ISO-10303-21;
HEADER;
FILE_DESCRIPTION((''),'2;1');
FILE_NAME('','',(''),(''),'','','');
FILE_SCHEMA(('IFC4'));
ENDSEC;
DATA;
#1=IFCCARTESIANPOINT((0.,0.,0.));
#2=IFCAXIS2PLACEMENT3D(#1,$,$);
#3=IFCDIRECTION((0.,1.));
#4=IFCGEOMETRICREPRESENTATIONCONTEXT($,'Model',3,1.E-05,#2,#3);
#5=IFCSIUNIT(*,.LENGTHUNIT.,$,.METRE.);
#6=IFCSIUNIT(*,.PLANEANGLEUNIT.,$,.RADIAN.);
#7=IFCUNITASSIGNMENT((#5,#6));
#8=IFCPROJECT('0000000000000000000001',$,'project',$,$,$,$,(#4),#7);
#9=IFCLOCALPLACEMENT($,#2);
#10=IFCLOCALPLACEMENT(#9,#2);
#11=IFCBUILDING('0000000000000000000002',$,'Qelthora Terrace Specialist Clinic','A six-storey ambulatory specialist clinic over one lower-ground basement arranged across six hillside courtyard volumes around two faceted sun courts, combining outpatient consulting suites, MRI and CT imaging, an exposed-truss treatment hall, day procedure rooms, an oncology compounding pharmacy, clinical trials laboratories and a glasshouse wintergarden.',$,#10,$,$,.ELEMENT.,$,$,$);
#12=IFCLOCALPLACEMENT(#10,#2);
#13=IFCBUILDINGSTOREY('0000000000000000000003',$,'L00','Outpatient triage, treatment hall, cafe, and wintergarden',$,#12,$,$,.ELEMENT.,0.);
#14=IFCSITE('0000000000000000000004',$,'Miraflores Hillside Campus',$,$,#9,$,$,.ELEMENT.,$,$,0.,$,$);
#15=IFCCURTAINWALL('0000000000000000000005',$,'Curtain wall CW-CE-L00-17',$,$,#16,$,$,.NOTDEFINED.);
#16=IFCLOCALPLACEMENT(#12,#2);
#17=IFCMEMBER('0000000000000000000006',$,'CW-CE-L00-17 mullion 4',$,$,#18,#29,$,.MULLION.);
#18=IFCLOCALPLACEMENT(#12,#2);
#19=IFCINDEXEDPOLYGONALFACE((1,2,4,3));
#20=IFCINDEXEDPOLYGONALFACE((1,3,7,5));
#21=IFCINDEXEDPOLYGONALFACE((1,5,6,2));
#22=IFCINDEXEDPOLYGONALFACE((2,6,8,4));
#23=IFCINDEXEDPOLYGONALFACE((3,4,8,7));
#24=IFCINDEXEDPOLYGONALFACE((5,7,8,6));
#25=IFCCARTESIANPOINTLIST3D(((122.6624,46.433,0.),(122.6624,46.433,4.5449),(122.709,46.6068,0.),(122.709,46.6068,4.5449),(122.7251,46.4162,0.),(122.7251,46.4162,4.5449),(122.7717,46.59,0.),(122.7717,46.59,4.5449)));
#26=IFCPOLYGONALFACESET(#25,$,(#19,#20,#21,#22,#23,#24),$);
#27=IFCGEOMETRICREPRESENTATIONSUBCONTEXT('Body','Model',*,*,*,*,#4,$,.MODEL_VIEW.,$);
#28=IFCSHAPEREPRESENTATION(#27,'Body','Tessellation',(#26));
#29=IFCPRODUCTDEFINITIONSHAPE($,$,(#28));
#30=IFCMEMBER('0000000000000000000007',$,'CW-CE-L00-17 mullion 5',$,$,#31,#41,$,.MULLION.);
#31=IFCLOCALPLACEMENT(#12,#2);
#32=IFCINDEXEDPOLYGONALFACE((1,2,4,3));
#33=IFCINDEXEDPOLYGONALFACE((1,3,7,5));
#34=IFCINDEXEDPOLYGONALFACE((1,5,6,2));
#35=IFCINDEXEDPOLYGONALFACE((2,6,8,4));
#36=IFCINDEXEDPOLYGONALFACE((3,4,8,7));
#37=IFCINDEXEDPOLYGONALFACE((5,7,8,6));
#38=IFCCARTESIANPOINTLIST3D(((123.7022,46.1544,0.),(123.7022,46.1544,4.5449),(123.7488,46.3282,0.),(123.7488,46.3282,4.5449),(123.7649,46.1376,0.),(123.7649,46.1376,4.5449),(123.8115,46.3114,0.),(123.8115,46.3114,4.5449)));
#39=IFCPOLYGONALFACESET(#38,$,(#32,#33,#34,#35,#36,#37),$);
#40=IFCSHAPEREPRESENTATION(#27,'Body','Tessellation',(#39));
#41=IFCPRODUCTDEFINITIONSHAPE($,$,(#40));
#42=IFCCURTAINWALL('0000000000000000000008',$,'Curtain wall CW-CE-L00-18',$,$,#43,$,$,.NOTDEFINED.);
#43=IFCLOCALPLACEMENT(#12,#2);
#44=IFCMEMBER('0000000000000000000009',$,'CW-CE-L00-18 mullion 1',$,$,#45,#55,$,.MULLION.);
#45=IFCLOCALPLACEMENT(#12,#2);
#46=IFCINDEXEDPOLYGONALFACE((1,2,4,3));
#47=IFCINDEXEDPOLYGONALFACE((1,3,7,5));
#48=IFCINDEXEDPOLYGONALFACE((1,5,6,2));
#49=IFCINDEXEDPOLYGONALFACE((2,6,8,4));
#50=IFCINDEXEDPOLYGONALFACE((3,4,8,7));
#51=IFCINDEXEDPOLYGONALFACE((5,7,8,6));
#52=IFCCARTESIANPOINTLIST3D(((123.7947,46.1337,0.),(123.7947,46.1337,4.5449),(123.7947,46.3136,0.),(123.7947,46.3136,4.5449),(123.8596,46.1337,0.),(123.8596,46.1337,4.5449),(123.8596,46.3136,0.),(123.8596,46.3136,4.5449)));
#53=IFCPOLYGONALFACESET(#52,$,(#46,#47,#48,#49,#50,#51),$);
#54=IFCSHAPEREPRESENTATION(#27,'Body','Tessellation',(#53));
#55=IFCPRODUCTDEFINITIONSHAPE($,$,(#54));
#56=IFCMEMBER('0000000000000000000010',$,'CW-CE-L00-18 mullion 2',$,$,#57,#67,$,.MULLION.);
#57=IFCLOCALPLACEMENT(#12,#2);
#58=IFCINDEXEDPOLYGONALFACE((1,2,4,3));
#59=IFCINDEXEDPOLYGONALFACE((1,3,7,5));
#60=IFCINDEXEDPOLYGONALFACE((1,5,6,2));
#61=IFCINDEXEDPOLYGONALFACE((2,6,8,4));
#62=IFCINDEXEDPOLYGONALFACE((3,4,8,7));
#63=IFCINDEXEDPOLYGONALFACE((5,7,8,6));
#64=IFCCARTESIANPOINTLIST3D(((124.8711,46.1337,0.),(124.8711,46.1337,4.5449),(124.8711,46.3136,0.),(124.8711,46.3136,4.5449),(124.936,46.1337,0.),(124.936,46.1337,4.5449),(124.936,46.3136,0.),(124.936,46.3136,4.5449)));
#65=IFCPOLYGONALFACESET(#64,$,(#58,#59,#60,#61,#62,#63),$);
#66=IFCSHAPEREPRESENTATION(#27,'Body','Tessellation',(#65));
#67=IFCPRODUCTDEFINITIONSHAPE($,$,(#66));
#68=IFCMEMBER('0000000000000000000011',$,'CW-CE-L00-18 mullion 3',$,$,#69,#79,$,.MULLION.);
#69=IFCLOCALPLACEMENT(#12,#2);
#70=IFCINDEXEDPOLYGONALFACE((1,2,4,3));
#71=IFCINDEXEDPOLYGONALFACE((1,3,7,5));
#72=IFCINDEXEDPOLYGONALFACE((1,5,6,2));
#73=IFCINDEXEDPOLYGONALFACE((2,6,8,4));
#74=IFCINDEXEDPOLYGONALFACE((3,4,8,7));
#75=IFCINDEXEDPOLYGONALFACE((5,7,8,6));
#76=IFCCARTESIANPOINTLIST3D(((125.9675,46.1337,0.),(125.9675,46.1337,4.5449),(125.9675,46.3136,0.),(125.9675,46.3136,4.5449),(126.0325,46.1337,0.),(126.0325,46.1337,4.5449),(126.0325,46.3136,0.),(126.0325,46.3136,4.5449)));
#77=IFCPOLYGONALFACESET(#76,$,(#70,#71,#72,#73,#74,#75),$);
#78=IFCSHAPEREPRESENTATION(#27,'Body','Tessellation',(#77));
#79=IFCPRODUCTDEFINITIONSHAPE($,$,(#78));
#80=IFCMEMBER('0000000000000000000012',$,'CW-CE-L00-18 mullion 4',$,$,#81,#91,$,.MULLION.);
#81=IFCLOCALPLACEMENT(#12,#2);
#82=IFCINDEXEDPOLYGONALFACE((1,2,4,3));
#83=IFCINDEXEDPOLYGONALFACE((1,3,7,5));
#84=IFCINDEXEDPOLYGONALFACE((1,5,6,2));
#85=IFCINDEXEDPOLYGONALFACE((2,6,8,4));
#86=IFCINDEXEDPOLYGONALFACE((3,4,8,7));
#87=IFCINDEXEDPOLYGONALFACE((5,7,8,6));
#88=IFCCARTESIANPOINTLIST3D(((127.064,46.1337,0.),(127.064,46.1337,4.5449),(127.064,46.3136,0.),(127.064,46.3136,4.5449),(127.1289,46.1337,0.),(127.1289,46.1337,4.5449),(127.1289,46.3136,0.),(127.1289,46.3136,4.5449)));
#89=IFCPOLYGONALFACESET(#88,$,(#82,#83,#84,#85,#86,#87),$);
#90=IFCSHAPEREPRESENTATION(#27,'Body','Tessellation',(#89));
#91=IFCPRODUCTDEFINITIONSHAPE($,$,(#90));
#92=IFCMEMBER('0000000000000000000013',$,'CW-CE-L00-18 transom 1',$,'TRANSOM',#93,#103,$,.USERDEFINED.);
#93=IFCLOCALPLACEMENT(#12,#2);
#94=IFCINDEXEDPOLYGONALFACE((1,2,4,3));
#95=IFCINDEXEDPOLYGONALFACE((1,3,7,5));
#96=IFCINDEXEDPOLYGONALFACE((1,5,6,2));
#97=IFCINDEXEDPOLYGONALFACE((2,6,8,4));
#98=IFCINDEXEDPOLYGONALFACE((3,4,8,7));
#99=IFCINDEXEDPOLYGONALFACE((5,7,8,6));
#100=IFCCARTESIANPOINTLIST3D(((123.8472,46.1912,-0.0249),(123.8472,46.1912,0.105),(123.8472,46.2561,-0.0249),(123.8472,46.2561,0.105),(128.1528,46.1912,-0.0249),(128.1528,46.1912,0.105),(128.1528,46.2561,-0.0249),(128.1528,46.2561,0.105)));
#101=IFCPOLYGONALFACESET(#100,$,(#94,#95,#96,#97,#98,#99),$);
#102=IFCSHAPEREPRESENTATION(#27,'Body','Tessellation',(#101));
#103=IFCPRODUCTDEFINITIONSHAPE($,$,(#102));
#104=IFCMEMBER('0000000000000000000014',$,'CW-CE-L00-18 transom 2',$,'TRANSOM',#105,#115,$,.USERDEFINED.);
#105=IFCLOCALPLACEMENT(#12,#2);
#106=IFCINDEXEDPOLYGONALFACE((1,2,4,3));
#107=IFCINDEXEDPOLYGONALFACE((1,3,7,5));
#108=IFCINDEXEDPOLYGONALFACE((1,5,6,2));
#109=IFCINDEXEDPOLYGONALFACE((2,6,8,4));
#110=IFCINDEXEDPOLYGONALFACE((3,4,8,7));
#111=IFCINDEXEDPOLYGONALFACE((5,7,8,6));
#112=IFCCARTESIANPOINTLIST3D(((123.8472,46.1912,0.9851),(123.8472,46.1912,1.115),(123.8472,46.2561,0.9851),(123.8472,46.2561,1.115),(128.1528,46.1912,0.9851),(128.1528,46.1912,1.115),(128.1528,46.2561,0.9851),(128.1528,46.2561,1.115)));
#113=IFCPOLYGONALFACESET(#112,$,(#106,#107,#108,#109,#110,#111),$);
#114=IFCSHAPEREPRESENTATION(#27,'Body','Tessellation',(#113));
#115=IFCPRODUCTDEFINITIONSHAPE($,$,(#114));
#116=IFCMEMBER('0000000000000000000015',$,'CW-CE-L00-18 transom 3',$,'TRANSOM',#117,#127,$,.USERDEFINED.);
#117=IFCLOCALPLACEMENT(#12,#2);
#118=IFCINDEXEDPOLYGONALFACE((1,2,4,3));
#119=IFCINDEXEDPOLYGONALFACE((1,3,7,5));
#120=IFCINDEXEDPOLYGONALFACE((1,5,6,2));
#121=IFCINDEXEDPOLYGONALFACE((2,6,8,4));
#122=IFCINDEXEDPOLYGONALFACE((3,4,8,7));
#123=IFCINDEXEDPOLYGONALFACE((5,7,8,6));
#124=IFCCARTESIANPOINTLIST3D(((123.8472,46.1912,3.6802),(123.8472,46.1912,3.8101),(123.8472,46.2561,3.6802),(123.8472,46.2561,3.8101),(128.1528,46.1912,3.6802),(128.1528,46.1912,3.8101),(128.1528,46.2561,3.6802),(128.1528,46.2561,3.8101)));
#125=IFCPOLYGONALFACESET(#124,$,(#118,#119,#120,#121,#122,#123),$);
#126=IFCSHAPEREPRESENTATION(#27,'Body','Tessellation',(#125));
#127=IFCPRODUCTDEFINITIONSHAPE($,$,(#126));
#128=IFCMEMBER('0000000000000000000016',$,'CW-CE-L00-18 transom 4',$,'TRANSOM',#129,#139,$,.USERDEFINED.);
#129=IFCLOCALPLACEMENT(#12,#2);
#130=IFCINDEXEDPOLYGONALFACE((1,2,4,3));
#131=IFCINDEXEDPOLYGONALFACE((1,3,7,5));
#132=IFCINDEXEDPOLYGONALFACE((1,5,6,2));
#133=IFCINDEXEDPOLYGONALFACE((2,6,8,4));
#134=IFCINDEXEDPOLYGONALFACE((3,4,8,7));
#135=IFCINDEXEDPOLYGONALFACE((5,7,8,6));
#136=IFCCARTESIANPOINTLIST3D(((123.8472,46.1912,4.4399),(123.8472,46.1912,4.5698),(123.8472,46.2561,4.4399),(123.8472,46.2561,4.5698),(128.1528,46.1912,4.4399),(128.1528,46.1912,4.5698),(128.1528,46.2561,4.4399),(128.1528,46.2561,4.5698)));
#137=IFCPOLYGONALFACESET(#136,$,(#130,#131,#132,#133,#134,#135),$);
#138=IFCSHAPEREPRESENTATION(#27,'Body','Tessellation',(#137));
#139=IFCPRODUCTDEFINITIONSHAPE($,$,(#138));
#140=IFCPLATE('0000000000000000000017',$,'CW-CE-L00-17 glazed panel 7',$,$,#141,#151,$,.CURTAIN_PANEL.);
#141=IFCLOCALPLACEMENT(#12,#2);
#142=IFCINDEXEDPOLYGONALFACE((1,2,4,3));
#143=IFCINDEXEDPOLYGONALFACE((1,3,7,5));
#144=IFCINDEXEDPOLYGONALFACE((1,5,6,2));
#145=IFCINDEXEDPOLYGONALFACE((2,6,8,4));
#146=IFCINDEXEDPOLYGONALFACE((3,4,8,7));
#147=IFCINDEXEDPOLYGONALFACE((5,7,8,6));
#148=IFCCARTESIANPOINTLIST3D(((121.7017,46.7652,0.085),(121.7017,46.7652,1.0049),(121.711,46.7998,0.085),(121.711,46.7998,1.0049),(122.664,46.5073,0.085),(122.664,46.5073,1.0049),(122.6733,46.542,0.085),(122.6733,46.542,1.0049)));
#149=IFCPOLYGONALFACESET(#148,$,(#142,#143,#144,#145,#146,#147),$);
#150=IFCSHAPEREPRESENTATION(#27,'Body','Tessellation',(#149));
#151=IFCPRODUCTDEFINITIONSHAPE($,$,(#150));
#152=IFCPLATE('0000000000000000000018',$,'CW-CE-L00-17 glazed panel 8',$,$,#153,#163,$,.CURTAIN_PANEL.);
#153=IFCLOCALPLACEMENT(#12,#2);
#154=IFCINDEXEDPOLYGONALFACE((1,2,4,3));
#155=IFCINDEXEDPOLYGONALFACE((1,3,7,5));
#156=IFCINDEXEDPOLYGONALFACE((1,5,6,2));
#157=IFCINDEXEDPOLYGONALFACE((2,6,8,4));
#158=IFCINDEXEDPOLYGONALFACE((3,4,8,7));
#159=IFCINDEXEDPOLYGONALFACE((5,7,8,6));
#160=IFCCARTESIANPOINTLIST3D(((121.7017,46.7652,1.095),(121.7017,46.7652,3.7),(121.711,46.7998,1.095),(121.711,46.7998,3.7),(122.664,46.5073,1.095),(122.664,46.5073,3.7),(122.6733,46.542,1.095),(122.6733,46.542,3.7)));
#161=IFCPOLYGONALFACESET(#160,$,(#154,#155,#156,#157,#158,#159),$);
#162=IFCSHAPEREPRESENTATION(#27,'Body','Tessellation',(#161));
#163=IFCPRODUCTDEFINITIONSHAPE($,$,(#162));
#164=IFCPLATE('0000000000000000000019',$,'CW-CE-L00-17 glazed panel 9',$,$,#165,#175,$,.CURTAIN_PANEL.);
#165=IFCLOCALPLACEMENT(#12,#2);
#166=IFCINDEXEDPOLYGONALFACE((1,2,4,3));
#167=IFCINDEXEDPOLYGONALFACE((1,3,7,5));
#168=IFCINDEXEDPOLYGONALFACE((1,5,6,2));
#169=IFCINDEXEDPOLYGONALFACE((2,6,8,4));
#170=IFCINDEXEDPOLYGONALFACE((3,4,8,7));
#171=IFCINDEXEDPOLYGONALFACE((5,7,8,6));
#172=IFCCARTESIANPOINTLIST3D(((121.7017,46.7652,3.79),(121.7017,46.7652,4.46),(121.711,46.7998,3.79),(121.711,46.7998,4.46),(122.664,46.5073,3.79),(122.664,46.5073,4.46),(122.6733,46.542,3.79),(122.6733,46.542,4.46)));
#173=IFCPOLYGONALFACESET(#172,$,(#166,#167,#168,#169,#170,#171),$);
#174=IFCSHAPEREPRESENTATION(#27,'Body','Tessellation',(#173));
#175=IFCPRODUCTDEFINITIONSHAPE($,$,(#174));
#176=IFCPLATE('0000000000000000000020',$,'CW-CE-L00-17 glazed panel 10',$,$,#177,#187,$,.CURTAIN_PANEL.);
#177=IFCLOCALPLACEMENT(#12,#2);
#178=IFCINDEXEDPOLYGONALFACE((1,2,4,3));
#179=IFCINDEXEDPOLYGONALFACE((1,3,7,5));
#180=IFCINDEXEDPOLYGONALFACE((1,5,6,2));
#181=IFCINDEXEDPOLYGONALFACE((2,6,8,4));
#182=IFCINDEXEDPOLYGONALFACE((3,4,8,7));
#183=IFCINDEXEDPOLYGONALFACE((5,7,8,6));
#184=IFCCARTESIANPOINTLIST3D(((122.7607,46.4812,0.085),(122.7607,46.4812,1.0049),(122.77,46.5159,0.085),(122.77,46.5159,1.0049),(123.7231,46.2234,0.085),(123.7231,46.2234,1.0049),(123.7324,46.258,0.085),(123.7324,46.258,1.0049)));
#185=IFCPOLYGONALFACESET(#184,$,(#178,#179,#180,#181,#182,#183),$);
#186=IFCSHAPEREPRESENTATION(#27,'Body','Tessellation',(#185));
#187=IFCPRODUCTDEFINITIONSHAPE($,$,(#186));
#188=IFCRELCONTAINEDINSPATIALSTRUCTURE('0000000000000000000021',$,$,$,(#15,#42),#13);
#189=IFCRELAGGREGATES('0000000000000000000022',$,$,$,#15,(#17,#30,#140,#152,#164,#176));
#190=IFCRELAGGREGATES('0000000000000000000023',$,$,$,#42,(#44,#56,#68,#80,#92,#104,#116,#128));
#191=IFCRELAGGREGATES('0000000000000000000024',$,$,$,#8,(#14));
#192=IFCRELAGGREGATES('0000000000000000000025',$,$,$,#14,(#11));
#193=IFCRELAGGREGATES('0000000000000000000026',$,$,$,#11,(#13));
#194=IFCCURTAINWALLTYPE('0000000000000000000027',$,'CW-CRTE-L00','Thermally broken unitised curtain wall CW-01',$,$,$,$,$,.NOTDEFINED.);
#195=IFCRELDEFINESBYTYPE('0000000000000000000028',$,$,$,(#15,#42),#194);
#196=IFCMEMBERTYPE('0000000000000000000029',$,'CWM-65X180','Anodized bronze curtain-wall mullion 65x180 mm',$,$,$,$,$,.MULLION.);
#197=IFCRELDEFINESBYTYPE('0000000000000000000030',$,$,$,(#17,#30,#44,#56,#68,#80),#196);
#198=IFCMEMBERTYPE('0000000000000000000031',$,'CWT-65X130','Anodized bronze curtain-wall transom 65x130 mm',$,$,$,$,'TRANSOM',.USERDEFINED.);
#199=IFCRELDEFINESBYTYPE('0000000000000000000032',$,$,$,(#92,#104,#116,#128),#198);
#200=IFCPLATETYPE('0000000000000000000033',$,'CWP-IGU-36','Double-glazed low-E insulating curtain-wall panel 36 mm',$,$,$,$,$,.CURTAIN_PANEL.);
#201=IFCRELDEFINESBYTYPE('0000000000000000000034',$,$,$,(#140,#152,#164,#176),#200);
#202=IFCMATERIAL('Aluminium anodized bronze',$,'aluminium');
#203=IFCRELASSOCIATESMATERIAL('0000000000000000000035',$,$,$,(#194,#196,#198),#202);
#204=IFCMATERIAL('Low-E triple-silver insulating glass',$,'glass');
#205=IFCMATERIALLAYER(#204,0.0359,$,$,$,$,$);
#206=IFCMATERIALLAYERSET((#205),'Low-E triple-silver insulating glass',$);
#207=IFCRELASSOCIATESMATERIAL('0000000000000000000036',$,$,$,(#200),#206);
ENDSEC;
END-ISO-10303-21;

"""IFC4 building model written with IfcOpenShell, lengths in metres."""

from ifc_helpers import new_model, si_unit, direction, frame, origin, origin_2d, place, context, subcontext, project, spatial, rectangle, extrude, material, layer, layer_set, material_profile, profile_set, type_object, element, aggregate, save


model = new_model("IFC4")

# Units and contexts
model_context = context("Model", 3, precision=1e-05, world=origin(), true_north=direction((0.0, 1.0)))
body_context = subcontext(model_context, "Body", "Model", "MODEL_VIEW")
ifc_project = project(units=[si_unit("LENGTHUNIT", "METRE"), si_unit("PLANEANGLEUNIT", "RADIAN")], contexts=[model_context])

# Site, building, storey
site_placement = place(None, origin())
site = spatial("IfcSite", under=ifc_project, at=site_placement, Name="Miraflores Hillside Campus", CompositionType="ELEMENT", RefElevation=0.0)
building_placement = place(site_placement, origin())
building = spatial("IfcBuilding", under=site, at=building_placement, Name="Qelthora Terrace Specialist Clinic", Description="A six-storey ambulatory specialist clinic over one lower-ground basement arranged across six hillside courtyard volumes around two faceted sun courts, combining outpatient consulting suites, MRI and CT imaging, an exposed-truss treatment hall, day procedure rooms, an oncology compounding pharmacy, clinical trials laboratories and a glasshouse wintergarden.", CompositionType="ELEMENT")
storey_placement = place(building_placement, origin())
storey = spatial("IfcBuildingStorey", under=building, at=storey_placement, Name="L00", Description="Outpatient triage, treatment hall, cafe, and wintergarden", CompositionType="ELEMENT", Elevation=0.0)

# Curtain walls, members
ifc_material_1 = material(Name="Aluminium anodized bronze", Category="aluminium")
curtain_wall_type = type_object("IfcCurtainWallType", Name="CW-CRTE-L00", Description="Thermally broken unitised curtain wall CW-01", PredefinedType="NOTDEFINED", material=ifc_material_1)
curtain_wall_1_placement = place(storey_placement, origin())
curtain_wall_1 = element("IfcCurtainWall", 1, at=curtain_wall_1_placement, inside=storey, type_object=curtain_wall_type, Name="Curtain wall CW-CE-L00-17", PredefinedType="NOTDEFINED")
ifc_material_profile_1 = material_profile(ifc_material_1, rectangle(XDim=0.0649, YDim=0.1799, at=origin_2d()), Name="CWM65X180")
ifc_profile_set_1 = profile_set([ifc_material_profile_1], Name="Aluminium anodized bronze")
member_type_1 = type_object("IfcMemberType", Name="CWM-65X180", Description="Anodized bronze curtain-wall mullion 65x180 mm", PredefinedType="MULLION", material=ifc_profile_set_1)
member_1_placement = place(storey_placement, frame((122.717, 46.5115, 0.0), z_axis=(0.0, 0.0, 1.0), x_axis=(0.965926, -0.25882, 0.0)))
member_1 = element("IfcMember", 2, at=member_1_placement, type_object=member_type_1, Name="CW-CE-L00-17 mullion 4", PredefinedType="MULLION", context=body_context, shape_type="SweptSolid", body=[
    extrude(rectangle(XDim=0.0649, YDim=0.1799, at=origin_2d()), origin(), (0.0, 0.0, 1.0), 4.5449),
])
member_2_placement = place(storey_placement, frame((123.7568, 46.2329, 0.0), z_axis=(0.0, 0.0, 1.0), x_axis=(0.965926, -0.25882, 0.0)))
member_2 = element("IfcMember", 3, at=member_2_placement, type_object=member_type_1, Name="CW-CE-L00-17 mullion 5", PredefinedType="MULLION", context=body_context, shape_type="SweptSolid", body=[
    extrude(rectangle(XDim=0.0649, YDim=0.1799, at=origin_2d()), origin(), (0.0, 0.0, 1.0), 4.5449),
])
curtain_wall_2_placement = place(storey_placement, origin())
curtain_wall_2 = element("IfcCurtainWall", 4, at=curtain_wall_2_placement, inside=storey, type_object=curtain_wall_type, Name="Curtain wall CW-CE-L00-18", PredefinedType="NOTDEFINED")
member_3_placement = place(storey_placement, frame((123.8271, 46.2236, 0.0), z_axis=(0.0, 0.0, 1.0), x_axis=(1.0, 0.0, 0.0)))
member_3 = element("IfcMember", 5, at=member_3_placement, type_object=member_type_1, Name="CW-CE-L00-18 mullion 1", PredefinedType="MULLION", context=body_context, shape_type="SweptSolid", body=[
    extrude(rectangle(XDim=0.0649, YDim=0.1799, at=origin_2d()), origin(), (0.0, 0.0, 1.0), 4.5449),
])
member_4_placement = place(storey_placement, frame((124.9036, 46.2236, 0.0), z_axis=(0.0, 0.0, 1.0), x_axis=(1.0, 0.0, 0.0)))
member_4 = element("IfcMember", 6, at=member_4_placement, type_object=member_type_1, Name="CW-CE-L00-18 mullion 2", PredefinedType="MULLION", context=body_context, shape_type="SweptSolid", body=[
    extrude(rectangle(XDim=0.0649, YDim=0.1799, at=origin_2d()), origin(), (0.0, 0.0, 1.0), 4.5449),
])
member_5_placement = place(storey_placement, frame((126.0, 46.2236, 0.0), z_axis=(0.0, 0.0, 1.0), x_axis=(1.0, 0.0, 0.0)))
member_5 = element("IfcMember", 7, at=member_5_placement, type_object=member_type_1, Name="CW-CE-L00-18 mullion 3", PredefinedType="MULLION", context=body_context, shape_type="SweptSolid", body=[
    extrude(rectangle(XDim=0.0649, YDim=0.1799, at=origin_2d()), origin(), (0.0, 0.0, 1.0), 4.5449),
])
member_6_placement = place(storey_placement, frame((127.0964, 46.2236, 0.0), z_axis=(0.0, 0.0, 1.0), x_axis=(1.0, 0.0, 0.0)))
member_6 = element("IfcMember", 8, at=member_6_placement, type_object=member_type_1, Name="CW-CE-L00-18 mullion 4", PredefinedType="MULLION", context=body_context, shape_type="SweptSolid", body=[
    extrude(rectangle(XDim=0.0649, YDim=0.1799, at=origin_2d()), origin(), (0.0, 0.0, 1.0), 4.5449),
])
ifc_material_profile_2 = material_profile(ifc_material_1, rectangle(XDim=0.0649, YDim=0.1299, at=origin_2d()), Name="CWT65X130")
ifc_profile_set_2 = profile_set([ifc_material_profile_2], Name="Aluminium anodized bronze")
member_type_2 = type_object("IfcMemberType", Name="CWT-65X130", Description="Anodized bronze curtain-wall transom 65x130 mm", ElementType="TRANSOM", PredefinedType="USERDEFINED", material=ifc_profile_set_2)
member_7_placement = place(storey_placement, frame((123.8472, 46.2236, 0.04), z_axis=(1.0, 0.0, 0.0), x_axis=(0.0, 1.0, 0.0)))
member_7 = element("IfcMember", 9, at=member_7_placement, type_object=member_type_2, Name="CW-CE-L00-18 transom 1", ObjectType="TRANSOM", PredefinedType="USERDEFINED", context=body_context, shape_type="SweptSolid", body=[
    extrude(rectangle(XDim=0.0649, YDim=0.1299, at=origin_2d()), origin(), (0.0, 0.0, 1.0), 4.3057),
])
member_8_placement = place(storey_placement, frame((123.8472, 46.2236, 1.05), z_axis=(1.0, 0.0, 0.0), x_axis=(0.0, 1.0, 0.0)))
member_8 = element("IfcMember", 10, at=member_8_placement, type_object=member_type_2, Name="CW-CE-L00-18 transom 2", ObjectType="TRANSOM", PredefinedType="USERDEFINED", context=body_context, shape_type="SweptSolid", body=[
    extrude(rectangle(XDim=0.0649, YDim=0.1299, at=origin_2d()), origin(), (0.0, 0.0, 1.0), 4.3057),
])
member_9_placement = place(storey_placement, frame((123.8472, 46.2236, 3.7451), z_axis=(1.0, 0.0, 0.0), x_axis=(0.0, 1.0, 0.0)))
member_9 = element("IfcMember", 11, at=member_9_placement, type_object=member_type_2, Name="CW-CE-L00-18 transom 3", ObjectType="TRANSOM", PredefinedType="USERDEFINED", context=body_context, shape_type="SweptSolid", body=[
    extrude(rectangle(XDim=0.0649, YDim=0.1299, at=origin_2d()), origin(), (0.0, 0.0, 1.0), 4.3057),
])
member_10_placement = place(storey_placement, frame((123.8472, 46.2236, 4.5049), z_axis=(1.0, 0.0, 0.0), x_axis=(0.0, 1.0, 0.0)))
member_10 = element("IfcMember", 12, at=member_10_placement, type_object=member_type_2, Name="CW-CE-L00-18 transom 4", ObjectType="TRANSOM", PredefinedType="USERDEFINED", context=body_context, shape_type="SweptSolid", body=[
    extrude(rectangle(XDim=0.0649, YDim=0.1299, at=origin_2d()), origin(), (0.0, 0.0, 1.0), 4.3057),
])

# Plates
ifc_material_2 = material(Name="Low-E triple-silver insulating glass", Category="glass")
ifc_layer = layer(ifc_material_2, 0.0359)
ifc_layer_set = layer_set([ifc_layer], Name="Low-E triple-silver insulating glass")
plate_type = type_object("IfcPlateType", Name="CWP-IGU-36", Description="Double-glazed low-E insulating curtain-wall panel 36 mm", PredefinedType="CURTAIN_PANEL", material=ifc_layer_set)
plate_1_placement = place(storey_placement, frame((122.1875, 46.6536, 0.085), z_axis=(0.0, 0.0, 1.0), x_axis=(0.965926, -0.258819, 0.0)))
plate_1 = element("IfcPlate", 13, at=plate_1_placement, type_object=plate_type, Name="CW-CE-L00-17 glazed panel 7", PredefinedType="CURTAIN_PANEL", context=body_context, shape_type="SweptSolid", body=[
    extrude(rectangle(XDim=0.9963, YDim=0.0359, at=origin_2d()), origin(), (0.0, 0.0, 1.0), 0.9199),
])
plate_2_placement = place(storey_placement, frame((122.1875, 46.6536, 1.095), z_axis=(0.0, 0.0, 1.0), x_axis=(0.965926, -0.258819, 0.0)))
plate_2 = element("IfcPlate", 14, at=plate_2_placement, type_object=plate_type, Name="CW-CE-L00-17 glazed panel 8", PredefinedType="CURTAIN_PANEL", context=body_context, shape_type="SweptSolid", body=[
    extrude(rectangle(XDim=0.9963, YDim=0.0359, at=origin_2d()), origin(), (0.0, 0.0, 1.0), 2.605),
])
plate_3_placement = place(storey_placement, frame((122.1875, 46.6536, 3.79), z_axis=(0.0, 0.0, 1.0), x_axis=(0.965926, -0.258819, 0.0)))
plate_3 = element("IfcPlate", 15, at=plate_3_placement, type_object=plate_type, Name="CW-CE-L00-17 glazed panel 9", PredefinedType="CURTAIN_PANEL", context=body_context, shape_type="SweptSolid", body=[
    extrude(rectangle(XDim=0.9963, YDim=0.0359, at=origin_2d()), origin(), (0.0, 0.0, 1.0), 0.6699),
])
plate_4_placement = place(storey_placement, frame((123.2466, 46.3696, 0.085), z_axis=(0.0, 0.0, 1.0), x_axis=(0.965926, -0.258819, 0.0)))
plate_4 = element("IfcPlate", 16, at=plate_4_placement, type_object=plate_type, Name="CW-CE-L00-17 glazed panel 10", PredefinedType="CURTAIN_PANEL", context=body_context, shape_type="SweptSolid", body=[
    extrude(rectangle(XDim=0.9963, YDim=0.0359, at=origin_2d()), origin(), (0.0, 0.0, 1.0), 0.9199),
])
aggregate(curtain_wall_1, [member_1, member_2, plate_1, plate_2, plate_3, plate_4])
aggregate(curtain_wall_2, [member_3, member_4, member_5, member_6, member_7, member_8, member_9, member_10])

save(model, "model.ifc")
